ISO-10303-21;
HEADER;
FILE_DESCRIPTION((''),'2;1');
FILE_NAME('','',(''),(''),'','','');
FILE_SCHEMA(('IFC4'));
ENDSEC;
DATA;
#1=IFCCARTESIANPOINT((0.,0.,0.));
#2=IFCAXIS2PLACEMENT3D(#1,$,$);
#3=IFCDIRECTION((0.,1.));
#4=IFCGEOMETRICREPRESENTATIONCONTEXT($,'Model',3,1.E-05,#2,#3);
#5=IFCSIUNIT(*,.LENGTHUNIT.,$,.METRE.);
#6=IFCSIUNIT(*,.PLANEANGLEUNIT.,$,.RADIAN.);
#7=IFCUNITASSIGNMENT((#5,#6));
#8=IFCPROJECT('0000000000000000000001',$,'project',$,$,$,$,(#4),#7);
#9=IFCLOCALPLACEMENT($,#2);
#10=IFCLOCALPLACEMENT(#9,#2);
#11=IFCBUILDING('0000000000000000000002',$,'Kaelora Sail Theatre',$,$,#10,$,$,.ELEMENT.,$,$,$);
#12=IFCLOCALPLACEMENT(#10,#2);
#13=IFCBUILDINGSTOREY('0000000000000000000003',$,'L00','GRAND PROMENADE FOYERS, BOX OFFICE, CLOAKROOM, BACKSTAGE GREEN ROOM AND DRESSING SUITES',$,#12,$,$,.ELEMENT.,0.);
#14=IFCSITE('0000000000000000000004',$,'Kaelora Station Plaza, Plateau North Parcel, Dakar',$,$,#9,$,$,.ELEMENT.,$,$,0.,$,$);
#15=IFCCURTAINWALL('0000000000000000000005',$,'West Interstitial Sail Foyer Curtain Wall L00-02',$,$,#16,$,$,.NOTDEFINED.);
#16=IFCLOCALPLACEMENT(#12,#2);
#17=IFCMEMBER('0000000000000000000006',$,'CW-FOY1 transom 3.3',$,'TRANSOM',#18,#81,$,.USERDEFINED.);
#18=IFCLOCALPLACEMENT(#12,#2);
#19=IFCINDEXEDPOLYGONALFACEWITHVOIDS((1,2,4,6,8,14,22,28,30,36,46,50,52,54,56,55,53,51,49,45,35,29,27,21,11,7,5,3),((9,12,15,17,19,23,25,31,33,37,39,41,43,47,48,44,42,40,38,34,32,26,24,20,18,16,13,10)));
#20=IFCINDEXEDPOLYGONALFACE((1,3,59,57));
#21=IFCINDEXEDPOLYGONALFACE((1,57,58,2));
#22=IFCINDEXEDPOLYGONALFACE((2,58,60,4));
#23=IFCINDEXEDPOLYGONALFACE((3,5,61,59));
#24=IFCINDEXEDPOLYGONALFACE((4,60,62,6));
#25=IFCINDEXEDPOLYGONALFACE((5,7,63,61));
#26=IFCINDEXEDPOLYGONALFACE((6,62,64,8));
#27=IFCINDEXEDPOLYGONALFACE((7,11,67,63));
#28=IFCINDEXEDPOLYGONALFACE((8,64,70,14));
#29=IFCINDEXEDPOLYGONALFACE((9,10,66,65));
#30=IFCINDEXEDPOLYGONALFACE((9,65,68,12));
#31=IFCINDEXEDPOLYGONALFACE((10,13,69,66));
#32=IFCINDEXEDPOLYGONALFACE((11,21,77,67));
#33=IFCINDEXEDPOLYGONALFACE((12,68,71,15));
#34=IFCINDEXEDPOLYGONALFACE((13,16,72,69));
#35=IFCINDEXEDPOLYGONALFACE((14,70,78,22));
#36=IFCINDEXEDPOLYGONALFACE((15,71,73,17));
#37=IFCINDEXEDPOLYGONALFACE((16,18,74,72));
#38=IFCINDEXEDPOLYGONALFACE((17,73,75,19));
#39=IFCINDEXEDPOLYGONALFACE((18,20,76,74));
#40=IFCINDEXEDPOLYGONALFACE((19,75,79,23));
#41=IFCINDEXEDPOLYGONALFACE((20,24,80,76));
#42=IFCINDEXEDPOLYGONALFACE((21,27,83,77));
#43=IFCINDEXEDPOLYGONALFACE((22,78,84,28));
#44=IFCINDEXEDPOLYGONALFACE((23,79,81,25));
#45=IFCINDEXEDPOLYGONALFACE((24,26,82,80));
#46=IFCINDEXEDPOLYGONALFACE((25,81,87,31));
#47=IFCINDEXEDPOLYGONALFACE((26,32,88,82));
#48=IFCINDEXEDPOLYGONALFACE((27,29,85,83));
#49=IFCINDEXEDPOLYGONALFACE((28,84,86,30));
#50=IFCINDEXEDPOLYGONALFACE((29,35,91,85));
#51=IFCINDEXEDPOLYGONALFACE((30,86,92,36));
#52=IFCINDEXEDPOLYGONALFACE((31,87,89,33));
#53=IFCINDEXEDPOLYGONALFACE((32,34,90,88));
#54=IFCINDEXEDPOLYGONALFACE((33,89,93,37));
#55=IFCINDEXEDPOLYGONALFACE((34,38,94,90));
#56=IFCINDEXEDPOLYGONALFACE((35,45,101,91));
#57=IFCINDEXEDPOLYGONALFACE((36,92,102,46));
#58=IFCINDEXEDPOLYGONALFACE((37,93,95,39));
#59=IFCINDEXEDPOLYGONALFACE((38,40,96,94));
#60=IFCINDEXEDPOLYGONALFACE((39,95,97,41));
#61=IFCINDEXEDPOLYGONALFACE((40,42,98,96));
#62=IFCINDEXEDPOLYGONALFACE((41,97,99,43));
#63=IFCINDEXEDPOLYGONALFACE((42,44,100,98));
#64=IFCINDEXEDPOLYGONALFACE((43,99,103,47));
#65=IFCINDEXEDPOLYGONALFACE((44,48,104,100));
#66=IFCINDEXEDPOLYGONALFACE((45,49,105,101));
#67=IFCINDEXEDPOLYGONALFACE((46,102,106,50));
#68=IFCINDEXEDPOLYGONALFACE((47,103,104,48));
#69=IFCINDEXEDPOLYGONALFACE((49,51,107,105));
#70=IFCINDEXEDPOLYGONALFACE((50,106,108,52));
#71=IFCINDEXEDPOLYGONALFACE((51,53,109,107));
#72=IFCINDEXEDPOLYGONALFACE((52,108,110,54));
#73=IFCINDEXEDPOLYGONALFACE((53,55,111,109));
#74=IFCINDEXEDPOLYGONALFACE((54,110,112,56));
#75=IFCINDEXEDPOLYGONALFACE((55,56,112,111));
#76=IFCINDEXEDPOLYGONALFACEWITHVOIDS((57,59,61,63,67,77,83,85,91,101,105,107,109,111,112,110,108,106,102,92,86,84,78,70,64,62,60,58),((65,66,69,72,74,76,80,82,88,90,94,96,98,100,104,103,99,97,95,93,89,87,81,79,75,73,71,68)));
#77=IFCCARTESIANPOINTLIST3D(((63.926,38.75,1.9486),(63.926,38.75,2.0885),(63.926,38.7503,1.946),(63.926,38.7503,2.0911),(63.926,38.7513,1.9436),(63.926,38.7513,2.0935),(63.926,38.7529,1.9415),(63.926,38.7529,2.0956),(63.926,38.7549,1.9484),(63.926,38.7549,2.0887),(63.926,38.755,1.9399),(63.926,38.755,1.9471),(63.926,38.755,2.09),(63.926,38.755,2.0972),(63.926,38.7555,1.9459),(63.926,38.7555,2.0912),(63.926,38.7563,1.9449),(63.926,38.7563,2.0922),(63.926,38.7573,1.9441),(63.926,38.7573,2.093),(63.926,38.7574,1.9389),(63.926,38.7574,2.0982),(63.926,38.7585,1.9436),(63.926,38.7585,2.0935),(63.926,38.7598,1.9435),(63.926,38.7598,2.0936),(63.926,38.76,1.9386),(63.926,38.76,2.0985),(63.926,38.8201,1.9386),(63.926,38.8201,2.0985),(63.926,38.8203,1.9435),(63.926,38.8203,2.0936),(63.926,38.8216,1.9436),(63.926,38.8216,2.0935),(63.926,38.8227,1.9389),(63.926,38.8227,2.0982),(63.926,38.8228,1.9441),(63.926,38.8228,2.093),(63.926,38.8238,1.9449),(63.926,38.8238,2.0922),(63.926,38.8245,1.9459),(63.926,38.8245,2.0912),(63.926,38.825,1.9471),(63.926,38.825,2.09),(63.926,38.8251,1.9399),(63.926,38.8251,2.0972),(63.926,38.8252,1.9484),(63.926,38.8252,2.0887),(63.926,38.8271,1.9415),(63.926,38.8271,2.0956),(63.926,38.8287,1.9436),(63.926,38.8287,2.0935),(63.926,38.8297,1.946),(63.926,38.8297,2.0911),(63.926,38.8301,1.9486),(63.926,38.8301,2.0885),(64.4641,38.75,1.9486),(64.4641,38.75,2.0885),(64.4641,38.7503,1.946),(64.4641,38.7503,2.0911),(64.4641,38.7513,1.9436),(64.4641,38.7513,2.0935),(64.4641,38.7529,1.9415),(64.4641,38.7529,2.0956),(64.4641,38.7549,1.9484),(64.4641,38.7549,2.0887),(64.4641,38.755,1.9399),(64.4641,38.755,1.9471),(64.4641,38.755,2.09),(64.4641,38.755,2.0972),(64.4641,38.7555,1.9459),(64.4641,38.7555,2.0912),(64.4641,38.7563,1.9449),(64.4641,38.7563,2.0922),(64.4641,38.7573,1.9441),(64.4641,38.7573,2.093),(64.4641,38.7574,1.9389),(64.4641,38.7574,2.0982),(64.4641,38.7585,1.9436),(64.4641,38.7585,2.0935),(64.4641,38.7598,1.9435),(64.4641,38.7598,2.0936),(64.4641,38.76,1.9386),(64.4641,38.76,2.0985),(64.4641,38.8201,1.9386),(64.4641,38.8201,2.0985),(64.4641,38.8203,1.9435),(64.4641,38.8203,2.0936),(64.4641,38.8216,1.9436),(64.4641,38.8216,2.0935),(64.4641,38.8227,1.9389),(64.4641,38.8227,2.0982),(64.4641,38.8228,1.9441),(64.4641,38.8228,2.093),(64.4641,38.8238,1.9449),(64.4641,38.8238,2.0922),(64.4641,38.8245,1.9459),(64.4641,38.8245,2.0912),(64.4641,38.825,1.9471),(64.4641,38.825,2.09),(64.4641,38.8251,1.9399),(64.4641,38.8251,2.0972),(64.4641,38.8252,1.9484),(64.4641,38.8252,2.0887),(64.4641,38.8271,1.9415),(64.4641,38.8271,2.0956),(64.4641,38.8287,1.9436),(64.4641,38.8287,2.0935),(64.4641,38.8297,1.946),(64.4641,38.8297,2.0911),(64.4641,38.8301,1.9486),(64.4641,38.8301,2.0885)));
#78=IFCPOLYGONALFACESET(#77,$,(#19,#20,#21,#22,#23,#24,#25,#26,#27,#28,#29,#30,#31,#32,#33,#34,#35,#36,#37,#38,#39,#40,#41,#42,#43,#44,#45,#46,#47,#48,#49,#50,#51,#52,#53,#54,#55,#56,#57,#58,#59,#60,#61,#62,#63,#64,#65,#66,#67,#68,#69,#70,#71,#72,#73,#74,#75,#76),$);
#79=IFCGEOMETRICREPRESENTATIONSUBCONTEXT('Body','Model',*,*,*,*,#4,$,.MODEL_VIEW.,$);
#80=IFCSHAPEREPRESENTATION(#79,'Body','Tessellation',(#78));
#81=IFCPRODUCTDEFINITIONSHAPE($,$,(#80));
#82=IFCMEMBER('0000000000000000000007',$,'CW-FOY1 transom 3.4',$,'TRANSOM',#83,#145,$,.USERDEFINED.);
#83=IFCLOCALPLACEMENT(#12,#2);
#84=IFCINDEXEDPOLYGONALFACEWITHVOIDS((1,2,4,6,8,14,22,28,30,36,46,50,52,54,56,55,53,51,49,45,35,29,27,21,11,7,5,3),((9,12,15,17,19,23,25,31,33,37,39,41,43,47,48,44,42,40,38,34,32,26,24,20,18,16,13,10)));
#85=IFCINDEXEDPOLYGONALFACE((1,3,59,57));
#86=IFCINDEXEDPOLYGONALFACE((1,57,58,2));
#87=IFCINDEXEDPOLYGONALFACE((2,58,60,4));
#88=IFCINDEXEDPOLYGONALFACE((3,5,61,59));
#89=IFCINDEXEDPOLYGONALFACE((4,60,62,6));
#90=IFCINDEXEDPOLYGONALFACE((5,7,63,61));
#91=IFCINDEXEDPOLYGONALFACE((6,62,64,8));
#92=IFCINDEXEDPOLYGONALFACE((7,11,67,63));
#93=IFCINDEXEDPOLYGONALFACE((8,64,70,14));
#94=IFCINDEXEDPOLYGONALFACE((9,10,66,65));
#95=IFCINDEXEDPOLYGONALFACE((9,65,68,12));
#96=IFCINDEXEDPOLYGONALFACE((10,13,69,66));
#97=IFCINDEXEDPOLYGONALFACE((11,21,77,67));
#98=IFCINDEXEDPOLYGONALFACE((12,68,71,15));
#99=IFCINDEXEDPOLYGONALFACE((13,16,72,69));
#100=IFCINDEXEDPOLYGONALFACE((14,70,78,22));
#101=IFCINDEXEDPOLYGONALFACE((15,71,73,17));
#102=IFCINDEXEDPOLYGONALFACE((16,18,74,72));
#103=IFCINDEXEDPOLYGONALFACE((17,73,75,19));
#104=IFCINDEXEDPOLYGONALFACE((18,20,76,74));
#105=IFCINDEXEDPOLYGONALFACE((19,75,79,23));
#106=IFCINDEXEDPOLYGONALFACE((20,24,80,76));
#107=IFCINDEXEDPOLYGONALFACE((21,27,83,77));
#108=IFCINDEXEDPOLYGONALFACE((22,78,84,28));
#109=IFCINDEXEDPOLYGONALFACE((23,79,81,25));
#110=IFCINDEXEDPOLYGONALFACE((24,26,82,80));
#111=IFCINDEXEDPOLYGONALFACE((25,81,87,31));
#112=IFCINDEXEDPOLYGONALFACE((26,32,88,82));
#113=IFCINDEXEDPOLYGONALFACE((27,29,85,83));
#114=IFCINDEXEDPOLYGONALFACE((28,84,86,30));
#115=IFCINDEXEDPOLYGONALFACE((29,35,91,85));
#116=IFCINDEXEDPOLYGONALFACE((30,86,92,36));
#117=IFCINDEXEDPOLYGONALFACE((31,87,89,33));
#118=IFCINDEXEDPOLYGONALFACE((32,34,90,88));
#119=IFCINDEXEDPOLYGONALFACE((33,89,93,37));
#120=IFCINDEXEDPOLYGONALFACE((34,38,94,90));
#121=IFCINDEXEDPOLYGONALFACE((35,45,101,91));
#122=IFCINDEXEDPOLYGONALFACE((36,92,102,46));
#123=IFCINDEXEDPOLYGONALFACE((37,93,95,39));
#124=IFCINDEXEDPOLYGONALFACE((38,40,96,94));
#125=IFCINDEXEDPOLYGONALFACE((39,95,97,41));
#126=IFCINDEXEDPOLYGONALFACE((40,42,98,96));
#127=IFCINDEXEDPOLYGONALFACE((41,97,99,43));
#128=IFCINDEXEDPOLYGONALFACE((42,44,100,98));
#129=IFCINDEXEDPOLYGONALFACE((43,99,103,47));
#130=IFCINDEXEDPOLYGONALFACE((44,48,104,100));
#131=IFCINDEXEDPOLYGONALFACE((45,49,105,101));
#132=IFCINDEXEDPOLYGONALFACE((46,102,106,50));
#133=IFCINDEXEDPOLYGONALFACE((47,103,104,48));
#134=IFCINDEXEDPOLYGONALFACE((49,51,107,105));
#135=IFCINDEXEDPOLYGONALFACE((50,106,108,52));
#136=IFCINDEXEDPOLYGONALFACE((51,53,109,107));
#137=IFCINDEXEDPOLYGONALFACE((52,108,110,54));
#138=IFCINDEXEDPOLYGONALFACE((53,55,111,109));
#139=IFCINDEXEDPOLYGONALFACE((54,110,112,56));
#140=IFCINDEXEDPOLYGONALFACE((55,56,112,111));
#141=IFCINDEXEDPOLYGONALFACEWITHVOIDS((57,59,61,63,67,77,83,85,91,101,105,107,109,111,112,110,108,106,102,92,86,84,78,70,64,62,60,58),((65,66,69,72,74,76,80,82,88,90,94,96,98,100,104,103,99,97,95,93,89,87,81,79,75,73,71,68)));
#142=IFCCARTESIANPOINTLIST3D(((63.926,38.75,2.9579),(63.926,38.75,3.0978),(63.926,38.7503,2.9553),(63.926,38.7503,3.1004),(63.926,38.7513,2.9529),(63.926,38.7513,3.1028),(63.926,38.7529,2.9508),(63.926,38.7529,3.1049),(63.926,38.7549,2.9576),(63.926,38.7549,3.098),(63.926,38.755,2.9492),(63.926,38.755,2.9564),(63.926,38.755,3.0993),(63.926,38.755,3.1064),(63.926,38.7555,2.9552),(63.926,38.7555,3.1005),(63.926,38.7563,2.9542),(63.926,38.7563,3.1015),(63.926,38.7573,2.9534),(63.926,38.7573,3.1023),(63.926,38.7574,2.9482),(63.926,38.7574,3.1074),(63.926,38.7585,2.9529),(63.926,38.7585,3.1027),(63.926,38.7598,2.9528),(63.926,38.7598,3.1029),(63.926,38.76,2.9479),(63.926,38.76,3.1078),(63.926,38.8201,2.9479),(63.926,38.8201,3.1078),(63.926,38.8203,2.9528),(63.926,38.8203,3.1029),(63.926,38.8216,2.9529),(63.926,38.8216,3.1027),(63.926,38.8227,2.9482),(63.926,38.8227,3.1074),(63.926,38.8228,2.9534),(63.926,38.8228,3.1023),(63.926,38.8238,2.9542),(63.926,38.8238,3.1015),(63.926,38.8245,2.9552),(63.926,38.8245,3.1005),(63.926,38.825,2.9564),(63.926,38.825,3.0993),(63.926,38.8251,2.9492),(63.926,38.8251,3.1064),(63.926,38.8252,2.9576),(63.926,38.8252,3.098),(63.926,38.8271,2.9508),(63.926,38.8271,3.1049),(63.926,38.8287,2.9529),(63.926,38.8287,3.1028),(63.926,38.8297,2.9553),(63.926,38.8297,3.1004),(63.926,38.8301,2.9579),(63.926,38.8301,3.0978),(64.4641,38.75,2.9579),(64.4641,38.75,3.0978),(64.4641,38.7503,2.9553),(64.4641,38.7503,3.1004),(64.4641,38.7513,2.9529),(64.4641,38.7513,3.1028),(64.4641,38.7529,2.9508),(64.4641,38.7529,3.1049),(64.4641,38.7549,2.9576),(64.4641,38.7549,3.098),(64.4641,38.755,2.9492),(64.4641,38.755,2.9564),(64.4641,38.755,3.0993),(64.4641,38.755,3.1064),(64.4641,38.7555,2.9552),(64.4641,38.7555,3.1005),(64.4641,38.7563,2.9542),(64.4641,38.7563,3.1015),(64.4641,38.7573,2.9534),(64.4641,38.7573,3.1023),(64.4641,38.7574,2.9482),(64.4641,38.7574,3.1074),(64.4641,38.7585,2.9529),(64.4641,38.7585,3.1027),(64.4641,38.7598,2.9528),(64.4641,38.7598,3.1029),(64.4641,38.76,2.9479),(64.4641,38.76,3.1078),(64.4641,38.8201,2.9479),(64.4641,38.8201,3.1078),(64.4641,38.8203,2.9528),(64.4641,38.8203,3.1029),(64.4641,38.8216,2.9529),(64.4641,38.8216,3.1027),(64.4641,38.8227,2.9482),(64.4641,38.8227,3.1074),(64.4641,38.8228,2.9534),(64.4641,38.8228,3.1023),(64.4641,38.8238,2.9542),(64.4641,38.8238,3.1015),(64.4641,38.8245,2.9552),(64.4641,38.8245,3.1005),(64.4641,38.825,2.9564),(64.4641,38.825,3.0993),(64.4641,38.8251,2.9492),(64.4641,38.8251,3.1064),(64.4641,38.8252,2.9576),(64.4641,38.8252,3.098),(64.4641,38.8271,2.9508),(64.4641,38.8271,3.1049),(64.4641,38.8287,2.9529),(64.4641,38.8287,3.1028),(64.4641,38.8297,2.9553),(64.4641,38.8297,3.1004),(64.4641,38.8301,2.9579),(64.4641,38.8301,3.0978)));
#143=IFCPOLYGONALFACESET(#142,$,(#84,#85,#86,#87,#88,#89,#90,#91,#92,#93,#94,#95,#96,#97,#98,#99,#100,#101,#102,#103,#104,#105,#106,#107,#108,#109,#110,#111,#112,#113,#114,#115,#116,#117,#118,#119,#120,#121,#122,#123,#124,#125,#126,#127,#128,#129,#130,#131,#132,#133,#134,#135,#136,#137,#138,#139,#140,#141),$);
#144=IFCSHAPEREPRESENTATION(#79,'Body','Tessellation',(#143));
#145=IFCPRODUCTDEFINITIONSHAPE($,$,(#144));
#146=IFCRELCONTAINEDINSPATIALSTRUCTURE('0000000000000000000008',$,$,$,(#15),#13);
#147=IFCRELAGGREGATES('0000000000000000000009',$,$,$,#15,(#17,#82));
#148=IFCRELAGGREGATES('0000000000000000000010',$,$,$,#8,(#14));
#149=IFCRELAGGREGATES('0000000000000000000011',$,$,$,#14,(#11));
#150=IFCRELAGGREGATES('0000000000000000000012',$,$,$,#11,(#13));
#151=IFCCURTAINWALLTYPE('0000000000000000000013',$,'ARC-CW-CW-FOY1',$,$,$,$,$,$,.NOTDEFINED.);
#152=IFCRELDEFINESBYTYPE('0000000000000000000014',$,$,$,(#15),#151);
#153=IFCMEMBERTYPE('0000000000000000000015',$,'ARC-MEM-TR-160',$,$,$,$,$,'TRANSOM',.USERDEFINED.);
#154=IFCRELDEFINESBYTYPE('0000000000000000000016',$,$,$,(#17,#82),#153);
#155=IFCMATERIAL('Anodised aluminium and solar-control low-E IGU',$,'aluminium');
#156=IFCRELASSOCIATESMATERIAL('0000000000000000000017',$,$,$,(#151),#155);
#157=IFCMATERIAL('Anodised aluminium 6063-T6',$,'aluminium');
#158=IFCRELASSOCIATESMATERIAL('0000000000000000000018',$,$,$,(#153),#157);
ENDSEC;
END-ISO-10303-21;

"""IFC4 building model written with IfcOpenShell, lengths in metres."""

from ifc_helpers import new_model, si_unit, direction, frame, origin, origin_2d, place, context, subcontext, project, spatial, hollow_rectangle, extrude, material, material_profile, profile_set, type_object, element, aggregate, save


model = new_model("IFC4")

# Units and contexts
model_context = context("Model", 3, precision=1e-05, world=origin(), true_north=direction((0.0, 1.0)))
body_context = subcontext(model_context, "Body", "Model", "MODEL_VIEW")
ifc_project = project(units=[si_unit("LENGTHUNIT", "METRE"), si_unit("PLANEANGLEUNIT", "RADIAN")], contexts=[model_context])

# Site, building, storey
site_placement = place(None, origin())
site = spatial("IfcSite", under=ifc_project, at=site_placement, Name="Kaelora Station Plaza, Plateau North Parcel, Dakar", CompositionType="ELEMENT", RefElevation=0.0)
building_placement = place(site_placement, origin())
building = spatial("IfcBuilding", under=site, at=building_placement, Name="Kaelora Sail Theatre", CompositionType="ELEMENT")
storey_placement = place(building_placement, origin())
storey = spatial("IfcBuildingStorey", under=building, at=storey_placement, Name="L00", Description="GRAND PROMENADE FOYERS, BOX OFFICE, CLOAKROOM, BACKSTAGE GREEN ROOM AND DRESSING SUITES", CompositionType="ELEMENT", Elevation=0.0)

# Curtain wall, members
ifc_material_1 = material(Name="Anodised aluminium and solar-control low-E IGU", Category="aluminium")
curtain_wall_type = type_object("IfcCurtainWallType", Name="ARC-CW-CW-FOY1", PredefinedType="NOTDEFINED", material=ifc_material_1)
curtain_wall_1_placement = place(storey_placement, origin())
curtain_wall_1 = element("IfcCurtainWall", 1, at=curtain_wall_1_placement, inside=storey, type_object=curtain_wall_type, Name="West Interstitial Sail Foyer Curtain Wall L00-02", PredefinedType="NOTDEFINED")
ifc_material_2 = material(Name="Anodised aluminium 6063-T6", Category="aluminium")
ifc_material_profile = material_profile(ifc_material_2, hollow_rectangle(XDim=0.0801, YDim=0.1599, WallThickness=0.0049, InnerFilletRadius=0.0049, OuterFilletRadius=0.01, at=origin_2d()), Name="ALU-TRAN 80x160x5")
ifc_profile_set = profile_set([ifc_material_profile], Name="Anodised aluminium 6063-T6")
member_type = type_object("IfcMemberType", Name="ARC-MEM-TR-160", ElementType="TRANSOM", PredefinedType="USERDEFINED", material=ifc_profile_set)
member_1_placement = place(storey_placement, frame((63.926, 38.79, 2.0186), z_axis=(1.0, 0.0, 0.0), x_axis=(0.0, 1.0, 0.0)))
member_1 = element("IfcMember", 2, at=member_1_placement, type_object=member_type, Name="CW-FOY1 transom 3.3", ObjectType="TRANSOM", PredefinedType="USERDEFINED", context=body_context, shape_type="SweptSolid", body=[
    extrude(hollow_rectangle(XDim=0.0801, YDim=0.1599, WallThickness=0.0049, InnerFilletRadius=0.0049, OuterFilletRadius=0.01, at=origin_2d()), origin(), (0.0, 0.0, 1.0), 0.5381),
])
member_2_placement = place(storey_placement, frame((63.926, 38.79, 3.0278), z_axis=(1.0, 0.0, 0.0), x_axis=(0.0, 1.0, 0.0)))
member_2 = element("IfcMember", 3, at=member_2_placement, type_object=member_type, Name="CW-FOY1 transom 3.4", ObjectType="TRANSOM", PredefinedType="USERDEFINED", context=body_context, shape_type="SweptSolid", body=[
    extrude(hollow_rectangle(XDim=0.0801, YDim=0.1599, WallThickness=0.0049, InnerFilletRadius=0.0049, OuterFilletRadius=0.01, at=origin_2d()), origin(), (0.0, 0.0, 1.0), 0.5381),
])

aggregate(curtain_wall_1, [member_1, member_2])

save(model, "model.ifc")
